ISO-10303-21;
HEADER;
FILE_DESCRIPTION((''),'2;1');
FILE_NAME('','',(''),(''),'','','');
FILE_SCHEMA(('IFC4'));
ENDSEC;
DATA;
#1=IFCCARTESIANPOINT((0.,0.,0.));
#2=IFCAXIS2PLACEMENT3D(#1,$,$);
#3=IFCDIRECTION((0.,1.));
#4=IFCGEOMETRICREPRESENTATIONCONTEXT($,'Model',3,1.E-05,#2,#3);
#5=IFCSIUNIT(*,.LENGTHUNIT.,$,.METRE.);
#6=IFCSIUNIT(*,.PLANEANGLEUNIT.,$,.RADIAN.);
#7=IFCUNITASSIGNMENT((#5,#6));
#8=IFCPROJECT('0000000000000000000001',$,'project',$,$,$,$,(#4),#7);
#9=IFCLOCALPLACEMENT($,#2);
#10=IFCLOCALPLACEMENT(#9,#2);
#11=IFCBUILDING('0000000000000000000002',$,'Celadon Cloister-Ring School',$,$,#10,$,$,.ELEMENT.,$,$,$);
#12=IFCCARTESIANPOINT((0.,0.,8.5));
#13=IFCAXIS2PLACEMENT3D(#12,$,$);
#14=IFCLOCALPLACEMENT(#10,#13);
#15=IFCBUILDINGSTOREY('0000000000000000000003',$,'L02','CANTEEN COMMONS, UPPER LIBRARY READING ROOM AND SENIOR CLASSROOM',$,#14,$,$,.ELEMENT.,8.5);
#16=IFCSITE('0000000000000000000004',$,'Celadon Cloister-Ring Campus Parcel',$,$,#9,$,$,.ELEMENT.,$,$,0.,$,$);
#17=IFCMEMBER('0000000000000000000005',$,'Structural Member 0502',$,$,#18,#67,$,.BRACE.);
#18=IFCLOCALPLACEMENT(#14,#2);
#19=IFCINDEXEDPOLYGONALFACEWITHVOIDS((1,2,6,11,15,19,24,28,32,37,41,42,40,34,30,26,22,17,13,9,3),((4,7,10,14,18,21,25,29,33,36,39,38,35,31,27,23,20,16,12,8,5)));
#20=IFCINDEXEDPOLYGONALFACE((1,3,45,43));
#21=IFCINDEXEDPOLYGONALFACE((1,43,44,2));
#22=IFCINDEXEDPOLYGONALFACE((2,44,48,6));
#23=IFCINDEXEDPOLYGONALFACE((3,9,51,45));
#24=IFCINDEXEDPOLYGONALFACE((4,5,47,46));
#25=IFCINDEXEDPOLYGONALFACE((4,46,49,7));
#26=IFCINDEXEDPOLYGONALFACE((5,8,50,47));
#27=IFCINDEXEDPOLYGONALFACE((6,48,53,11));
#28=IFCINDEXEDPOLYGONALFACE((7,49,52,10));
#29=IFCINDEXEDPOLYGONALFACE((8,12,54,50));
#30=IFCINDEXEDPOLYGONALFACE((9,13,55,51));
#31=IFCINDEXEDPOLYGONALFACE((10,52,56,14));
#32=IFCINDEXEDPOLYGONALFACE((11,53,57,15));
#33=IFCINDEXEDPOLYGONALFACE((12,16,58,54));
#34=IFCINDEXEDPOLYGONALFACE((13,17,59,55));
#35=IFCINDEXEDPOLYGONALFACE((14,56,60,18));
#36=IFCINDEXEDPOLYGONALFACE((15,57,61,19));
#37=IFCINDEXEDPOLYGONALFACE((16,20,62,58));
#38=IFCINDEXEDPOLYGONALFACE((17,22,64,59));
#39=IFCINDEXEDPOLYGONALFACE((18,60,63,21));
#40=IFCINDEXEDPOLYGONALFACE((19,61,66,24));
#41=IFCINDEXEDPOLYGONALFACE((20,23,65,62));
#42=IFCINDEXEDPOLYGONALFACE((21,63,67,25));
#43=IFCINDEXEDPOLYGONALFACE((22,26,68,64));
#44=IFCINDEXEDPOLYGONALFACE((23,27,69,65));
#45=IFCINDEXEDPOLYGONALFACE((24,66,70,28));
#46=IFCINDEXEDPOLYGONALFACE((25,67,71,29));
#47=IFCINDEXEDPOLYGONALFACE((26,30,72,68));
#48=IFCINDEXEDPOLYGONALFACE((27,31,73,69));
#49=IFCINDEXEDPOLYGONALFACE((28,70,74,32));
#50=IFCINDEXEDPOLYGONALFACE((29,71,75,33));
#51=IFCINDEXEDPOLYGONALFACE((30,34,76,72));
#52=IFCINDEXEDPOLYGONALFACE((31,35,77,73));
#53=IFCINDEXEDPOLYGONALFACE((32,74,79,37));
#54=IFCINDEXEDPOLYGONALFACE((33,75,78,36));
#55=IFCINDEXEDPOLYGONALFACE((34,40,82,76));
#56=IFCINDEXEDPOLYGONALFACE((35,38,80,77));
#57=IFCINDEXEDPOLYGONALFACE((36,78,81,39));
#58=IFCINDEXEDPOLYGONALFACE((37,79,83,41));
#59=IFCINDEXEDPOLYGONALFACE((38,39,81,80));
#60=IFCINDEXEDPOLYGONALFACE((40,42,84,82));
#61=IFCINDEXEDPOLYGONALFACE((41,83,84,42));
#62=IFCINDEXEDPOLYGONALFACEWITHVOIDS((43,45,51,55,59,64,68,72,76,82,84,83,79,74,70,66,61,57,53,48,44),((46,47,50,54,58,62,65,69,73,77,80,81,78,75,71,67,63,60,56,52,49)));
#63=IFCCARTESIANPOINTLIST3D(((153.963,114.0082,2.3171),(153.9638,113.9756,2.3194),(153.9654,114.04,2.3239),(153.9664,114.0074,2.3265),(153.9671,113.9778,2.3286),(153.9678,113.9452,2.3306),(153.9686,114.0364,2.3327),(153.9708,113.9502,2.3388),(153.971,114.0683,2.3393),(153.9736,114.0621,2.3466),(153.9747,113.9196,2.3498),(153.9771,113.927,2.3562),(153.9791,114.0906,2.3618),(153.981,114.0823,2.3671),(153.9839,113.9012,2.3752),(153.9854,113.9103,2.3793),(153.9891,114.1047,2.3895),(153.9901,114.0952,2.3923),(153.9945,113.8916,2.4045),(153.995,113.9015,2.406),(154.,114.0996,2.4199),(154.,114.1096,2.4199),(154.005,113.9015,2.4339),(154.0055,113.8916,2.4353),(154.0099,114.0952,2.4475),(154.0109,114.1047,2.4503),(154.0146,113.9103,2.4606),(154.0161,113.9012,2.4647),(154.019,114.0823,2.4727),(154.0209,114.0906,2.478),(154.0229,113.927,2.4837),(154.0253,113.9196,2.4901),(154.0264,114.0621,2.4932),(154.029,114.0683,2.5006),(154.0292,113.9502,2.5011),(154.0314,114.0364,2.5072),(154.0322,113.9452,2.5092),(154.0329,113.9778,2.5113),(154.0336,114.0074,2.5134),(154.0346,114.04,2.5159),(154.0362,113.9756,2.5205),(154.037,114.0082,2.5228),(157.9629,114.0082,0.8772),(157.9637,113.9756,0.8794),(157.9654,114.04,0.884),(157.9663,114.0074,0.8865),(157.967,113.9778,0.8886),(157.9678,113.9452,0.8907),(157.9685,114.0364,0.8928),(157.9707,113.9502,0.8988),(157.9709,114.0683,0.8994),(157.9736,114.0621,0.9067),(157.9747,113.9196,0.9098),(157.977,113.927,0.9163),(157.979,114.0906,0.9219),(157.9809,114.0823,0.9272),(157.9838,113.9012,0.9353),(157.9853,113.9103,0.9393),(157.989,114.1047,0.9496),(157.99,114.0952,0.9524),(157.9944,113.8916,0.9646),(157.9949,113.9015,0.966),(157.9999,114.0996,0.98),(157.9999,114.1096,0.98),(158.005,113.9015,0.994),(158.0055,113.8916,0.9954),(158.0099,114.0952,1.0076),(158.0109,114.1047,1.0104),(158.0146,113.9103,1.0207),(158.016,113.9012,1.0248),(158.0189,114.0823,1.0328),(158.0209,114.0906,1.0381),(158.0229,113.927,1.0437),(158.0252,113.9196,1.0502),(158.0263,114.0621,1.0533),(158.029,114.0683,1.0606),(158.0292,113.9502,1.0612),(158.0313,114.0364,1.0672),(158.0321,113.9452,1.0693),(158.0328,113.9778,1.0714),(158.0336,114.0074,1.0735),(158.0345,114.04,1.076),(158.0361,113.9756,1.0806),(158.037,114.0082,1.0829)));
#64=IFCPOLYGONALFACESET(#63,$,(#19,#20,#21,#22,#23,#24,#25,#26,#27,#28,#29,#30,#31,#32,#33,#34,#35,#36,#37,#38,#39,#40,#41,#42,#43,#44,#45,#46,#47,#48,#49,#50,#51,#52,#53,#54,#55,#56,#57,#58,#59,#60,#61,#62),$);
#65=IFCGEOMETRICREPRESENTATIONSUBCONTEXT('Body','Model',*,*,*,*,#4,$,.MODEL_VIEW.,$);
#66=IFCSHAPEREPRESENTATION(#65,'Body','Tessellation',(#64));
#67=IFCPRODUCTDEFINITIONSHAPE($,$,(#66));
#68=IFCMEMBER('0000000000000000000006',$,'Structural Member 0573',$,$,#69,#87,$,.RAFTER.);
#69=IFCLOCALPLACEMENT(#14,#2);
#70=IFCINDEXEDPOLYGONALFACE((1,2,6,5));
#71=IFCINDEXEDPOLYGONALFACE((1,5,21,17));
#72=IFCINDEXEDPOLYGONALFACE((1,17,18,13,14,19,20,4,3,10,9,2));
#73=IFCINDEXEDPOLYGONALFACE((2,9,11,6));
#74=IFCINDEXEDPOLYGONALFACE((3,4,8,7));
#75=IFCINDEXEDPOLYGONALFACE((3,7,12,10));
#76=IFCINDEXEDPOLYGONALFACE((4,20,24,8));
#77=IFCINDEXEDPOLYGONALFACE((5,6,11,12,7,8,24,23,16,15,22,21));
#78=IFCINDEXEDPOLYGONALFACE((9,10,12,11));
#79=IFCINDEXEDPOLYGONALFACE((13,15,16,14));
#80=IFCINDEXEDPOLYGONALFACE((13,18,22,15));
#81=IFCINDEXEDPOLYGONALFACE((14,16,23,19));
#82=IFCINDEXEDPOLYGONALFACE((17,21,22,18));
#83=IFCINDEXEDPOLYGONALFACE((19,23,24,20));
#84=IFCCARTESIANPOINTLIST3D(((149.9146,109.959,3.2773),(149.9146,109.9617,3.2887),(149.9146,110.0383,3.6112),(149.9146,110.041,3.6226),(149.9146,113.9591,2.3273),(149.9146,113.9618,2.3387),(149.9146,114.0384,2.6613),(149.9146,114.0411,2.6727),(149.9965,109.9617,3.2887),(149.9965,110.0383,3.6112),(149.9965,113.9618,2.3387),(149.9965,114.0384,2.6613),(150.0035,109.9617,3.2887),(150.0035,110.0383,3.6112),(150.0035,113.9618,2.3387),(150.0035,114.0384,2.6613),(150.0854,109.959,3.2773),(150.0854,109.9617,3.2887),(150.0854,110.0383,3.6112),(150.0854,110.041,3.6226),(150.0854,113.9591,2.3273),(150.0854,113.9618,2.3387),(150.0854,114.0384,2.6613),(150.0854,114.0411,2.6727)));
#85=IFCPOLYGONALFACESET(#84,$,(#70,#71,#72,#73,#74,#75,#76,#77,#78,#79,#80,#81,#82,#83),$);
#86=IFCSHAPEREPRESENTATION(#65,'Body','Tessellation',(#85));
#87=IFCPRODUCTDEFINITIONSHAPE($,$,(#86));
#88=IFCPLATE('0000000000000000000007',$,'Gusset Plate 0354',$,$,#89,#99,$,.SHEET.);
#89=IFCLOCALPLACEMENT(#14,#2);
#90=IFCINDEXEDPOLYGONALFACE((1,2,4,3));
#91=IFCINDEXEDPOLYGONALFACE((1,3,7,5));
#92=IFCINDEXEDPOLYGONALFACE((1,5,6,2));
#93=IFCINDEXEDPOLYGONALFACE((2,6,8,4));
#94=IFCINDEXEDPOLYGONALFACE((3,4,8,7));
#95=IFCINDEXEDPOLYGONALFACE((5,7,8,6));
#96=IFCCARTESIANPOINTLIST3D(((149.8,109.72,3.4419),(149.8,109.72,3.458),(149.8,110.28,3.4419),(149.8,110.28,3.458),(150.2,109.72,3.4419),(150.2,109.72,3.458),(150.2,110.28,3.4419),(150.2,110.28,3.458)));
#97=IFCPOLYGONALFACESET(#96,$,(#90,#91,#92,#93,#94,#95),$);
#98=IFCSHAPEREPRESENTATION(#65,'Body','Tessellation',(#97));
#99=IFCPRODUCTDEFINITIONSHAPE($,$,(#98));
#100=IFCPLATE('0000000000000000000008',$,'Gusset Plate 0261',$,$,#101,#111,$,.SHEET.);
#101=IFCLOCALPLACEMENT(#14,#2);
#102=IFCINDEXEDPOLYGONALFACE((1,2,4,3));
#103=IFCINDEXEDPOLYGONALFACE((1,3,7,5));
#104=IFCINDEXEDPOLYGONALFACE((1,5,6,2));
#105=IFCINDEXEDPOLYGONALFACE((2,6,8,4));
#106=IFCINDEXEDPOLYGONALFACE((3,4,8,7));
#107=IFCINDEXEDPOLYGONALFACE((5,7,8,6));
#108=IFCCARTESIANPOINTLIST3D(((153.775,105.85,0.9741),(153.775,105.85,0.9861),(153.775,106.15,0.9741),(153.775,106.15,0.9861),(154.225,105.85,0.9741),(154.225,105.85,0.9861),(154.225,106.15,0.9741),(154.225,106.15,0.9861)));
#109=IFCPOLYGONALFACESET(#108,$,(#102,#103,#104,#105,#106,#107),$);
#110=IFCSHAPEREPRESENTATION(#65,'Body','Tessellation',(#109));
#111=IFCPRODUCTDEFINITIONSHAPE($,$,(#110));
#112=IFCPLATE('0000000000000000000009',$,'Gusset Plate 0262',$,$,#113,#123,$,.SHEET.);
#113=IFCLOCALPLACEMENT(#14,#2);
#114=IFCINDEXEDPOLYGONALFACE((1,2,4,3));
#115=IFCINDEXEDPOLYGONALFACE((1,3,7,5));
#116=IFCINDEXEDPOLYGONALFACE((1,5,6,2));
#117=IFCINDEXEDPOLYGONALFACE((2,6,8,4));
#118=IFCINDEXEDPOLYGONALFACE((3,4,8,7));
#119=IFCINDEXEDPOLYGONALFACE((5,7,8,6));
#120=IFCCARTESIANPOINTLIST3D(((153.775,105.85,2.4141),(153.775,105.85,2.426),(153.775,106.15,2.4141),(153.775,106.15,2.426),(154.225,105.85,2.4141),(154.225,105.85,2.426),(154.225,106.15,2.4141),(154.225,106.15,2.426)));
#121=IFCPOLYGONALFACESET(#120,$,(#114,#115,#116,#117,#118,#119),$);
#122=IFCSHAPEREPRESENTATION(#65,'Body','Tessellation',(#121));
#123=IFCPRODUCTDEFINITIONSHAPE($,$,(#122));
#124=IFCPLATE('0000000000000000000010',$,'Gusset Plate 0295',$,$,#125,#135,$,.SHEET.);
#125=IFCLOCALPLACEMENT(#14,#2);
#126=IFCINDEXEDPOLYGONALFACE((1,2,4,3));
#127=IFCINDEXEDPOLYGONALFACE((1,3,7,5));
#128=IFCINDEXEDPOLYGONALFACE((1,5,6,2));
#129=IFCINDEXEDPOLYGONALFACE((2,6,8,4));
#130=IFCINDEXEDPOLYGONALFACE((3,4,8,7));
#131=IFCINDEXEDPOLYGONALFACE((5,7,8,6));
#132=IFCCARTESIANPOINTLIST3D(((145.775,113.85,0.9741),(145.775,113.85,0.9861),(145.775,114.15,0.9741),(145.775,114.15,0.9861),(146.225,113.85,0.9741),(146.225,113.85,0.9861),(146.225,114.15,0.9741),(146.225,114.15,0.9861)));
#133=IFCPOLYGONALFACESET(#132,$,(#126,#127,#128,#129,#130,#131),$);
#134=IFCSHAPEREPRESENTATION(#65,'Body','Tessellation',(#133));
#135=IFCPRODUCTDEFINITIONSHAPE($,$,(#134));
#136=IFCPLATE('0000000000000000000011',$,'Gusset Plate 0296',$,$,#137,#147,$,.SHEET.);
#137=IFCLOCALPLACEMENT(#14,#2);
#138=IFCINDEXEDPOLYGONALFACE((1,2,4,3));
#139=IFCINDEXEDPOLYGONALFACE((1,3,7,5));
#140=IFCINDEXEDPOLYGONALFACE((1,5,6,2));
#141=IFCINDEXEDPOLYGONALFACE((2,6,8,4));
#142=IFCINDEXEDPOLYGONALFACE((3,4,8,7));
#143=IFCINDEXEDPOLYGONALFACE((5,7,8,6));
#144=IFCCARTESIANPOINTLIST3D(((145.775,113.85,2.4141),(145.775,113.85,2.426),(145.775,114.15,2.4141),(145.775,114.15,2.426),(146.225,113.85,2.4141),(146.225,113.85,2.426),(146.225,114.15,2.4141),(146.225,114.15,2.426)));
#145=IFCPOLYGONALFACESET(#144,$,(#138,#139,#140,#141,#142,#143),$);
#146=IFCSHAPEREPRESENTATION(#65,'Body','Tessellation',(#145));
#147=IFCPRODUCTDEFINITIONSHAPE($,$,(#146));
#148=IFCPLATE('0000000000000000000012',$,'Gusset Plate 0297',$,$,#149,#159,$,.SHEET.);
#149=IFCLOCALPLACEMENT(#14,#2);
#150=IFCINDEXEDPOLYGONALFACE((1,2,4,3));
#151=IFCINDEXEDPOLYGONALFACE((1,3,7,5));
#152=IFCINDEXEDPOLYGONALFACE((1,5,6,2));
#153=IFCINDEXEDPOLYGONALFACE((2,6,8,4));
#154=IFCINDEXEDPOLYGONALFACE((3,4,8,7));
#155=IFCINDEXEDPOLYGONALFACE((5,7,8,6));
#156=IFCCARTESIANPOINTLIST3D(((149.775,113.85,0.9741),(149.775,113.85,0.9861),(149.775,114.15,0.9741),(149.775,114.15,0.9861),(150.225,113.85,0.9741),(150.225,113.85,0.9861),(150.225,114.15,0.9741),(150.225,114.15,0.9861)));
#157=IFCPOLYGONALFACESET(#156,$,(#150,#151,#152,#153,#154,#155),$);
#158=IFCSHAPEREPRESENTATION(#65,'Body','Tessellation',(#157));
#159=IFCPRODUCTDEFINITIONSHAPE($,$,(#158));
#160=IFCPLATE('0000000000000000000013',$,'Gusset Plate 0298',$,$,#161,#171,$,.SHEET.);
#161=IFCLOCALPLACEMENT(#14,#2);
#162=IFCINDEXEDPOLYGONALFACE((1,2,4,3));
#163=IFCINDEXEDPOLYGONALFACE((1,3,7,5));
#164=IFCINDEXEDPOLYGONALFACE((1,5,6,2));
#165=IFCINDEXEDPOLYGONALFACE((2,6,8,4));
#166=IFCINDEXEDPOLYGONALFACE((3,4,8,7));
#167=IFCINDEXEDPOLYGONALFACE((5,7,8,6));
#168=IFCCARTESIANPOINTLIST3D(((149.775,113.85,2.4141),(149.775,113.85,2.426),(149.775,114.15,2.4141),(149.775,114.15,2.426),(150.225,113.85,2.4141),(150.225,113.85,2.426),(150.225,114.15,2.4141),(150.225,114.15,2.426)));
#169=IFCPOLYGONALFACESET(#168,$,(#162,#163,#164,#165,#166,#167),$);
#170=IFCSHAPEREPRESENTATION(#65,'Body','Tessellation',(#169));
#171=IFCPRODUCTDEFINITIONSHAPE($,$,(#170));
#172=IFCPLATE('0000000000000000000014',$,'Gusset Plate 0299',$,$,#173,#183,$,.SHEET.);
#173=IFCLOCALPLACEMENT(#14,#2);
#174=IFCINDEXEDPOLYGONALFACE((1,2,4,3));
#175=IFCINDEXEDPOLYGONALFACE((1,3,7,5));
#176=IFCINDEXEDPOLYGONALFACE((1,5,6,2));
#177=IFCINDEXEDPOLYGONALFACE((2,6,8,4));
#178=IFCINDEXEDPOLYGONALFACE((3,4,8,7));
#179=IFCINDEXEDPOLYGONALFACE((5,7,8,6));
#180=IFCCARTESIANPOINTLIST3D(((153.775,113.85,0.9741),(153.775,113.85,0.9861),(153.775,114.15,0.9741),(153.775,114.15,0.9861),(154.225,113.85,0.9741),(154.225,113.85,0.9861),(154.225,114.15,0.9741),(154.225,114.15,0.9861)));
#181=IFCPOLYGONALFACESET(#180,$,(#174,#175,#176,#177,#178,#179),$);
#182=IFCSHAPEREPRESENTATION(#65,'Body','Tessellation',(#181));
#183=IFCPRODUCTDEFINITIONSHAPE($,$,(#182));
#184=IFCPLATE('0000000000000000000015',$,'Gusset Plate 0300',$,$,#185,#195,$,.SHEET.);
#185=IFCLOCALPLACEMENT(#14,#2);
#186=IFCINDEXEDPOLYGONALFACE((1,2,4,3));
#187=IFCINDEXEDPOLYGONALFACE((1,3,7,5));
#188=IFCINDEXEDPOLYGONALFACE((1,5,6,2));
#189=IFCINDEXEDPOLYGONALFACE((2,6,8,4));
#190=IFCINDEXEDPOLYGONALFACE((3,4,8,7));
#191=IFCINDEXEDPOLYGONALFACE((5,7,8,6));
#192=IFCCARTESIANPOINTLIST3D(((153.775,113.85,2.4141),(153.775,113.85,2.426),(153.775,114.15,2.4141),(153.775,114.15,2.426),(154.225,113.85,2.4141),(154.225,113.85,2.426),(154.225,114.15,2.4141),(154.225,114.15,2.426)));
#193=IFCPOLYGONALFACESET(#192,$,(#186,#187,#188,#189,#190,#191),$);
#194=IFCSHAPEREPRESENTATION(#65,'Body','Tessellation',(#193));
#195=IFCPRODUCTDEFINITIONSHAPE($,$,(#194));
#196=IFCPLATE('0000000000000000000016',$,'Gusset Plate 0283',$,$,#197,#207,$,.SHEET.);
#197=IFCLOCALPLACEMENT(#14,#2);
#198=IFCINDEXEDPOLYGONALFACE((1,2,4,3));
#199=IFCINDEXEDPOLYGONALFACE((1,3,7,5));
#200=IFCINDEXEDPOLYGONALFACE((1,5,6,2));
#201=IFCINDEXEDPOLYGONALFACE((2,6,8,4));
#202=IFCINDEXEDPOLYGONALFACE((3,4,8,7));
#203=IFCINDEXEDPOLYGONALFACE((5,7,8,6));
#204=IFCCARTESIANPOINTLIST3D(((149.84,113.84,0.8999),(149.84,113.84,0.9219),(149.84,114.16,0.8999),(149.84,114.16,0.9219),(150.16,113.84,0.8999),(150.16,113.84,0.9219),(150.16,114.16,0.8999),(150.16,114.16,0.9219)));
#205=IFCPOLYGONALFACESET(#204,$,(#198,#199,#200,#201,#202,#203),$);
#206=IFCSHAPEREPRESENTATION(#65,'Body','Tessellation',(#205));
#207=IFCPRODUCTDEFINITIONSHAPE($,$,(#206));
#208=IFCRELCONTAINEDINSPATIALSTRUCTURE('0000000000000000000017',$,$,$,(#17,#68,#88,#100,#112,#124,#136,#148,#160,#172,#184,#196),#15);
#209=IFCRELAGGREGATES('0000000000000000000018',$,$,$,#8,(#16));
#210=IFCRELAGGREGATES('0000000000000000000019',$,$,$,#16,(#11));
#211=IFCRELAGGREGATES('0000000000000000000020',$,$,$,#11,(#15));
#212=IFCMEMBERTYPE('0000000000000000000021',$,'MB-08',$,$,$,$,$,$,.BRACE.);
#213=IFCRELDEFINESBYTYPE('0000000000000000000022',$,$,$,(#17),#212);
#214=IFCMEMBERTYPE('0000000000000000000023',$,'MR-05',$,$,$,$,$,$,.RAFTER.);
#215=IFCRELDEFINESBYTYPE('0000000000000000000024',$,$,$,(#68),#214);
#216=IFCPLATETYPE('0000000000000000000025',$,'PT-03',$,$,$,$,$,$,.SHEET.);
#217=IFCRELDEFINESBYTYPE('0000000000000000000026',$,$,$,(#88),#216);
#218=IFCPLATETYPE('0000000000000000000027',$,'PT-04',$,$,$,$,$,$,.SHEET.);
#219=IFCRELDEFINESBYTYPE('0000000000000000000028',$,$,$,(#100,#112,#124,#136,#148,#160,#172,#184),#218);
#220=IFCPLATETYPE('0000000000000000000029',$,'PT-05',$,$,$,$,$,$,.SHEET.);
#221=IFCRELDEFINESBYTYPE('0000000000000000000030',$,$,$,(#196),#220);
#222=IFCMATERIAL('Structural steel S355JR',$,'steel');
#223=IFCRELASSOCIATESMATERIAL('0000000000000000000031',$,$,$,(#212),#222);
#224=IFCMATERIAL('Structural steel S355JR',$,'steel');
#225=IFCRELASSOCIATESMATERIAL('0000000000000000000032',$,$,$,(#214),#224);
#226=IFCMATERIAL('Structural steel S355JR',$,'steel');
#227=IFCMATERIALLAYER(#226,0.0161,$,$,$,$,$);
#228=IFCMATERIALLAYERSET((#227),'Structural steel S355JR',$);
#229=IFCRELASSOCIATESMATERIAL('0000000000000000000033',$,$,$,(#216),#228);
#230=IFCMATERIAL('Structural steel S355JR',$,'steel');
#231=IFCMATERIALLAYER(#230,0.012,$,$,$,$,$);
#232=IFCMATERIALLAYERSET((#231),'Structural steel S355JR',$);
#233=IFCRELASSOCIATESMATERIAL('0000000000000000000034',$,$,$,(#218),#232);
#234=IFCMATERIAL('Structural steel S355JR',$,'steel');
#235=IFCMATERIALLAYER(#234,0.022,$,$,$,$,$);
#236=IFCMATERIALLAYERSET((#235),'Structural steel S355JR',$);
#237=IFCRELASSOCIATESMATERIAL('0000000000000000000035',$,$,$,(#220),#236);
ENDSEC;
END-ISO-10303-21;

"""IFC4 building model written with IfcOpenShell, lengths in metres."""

from ifc_helpers import new_model, si_unit, direction, frame, origin, origin_2d, place, context, subcontext, project, spatial, rectangle, hollow_circle, i_section, extrude, material, layer, layer_set, material_profile, profile_set, type_object, element, save


model = new_model("IFC4")

# Units and contexts
model_context = context("Model", 3, precision=1e-05, world=origin(), true_north=direction((0.0, 1.0)))
body_context = subcontext(model_context, "Body", "Model", "MODEL_VIEW")
ifc_project = project(units=[si_unit("LENGTHUNIT", "METRE"), si_unit("PLANEANGLEUNIT", "RADIAN")], contexts=[model_context])

# Site, building, storey
site_placement = place(None, origin())
site = spatial("IfcSite", under=ifc_project, at=site_placement, Name="Celadon Cloister-Ring Campus Parcel", CompositionType="ELEMENT", RefElevation=0.0)
building_placement = place(site_placement, origin())
building = spatial("IfcBuilding", under=site, at=building_placement, Name="Celadon Cloister-Ring School", CompositionType="ELEMENT")
storey_placement = place(building_placement, frame((0.0, 0.0, 8.5)))
storey = spatial("IfcBuildingStorey", under=building, at=storey_placement, Name="L02", Description="CANTEEN COMMONS, UPPER LIBRARY READING ROOM AND SENIOR CLASSROOM", CompositionType="ELEMENT", Elevation=8.5)

# Members
ifc_material_1 = material(Name="Structural steel S355JR", Category="steel")
ifc_material_profile_1 = material_profile(ifc_material_1, hollow_circle(Radius=0.1096, WallThickness=0.01, at=origin_2d()), Name="CHS219.1X10")
ifc_profile_set_1 = profile_set([ifc_material_profile_1], Name="Structural steel S355JR")
member_type_1 = type_object("IfcMemberType", Name="MB-08", PredefinedType="BRACE", material=ifc_profile_set_1)
for number, where, z_axis, x_axis, name in (
    (1, (154.0, 114.0, 2.4199), (0.940892, 0.0, -0.338707), (0.0, 1.0, 0.0), "Structural Member 0502"),
):
    element("IfcMember", number, at=place(storey_placement, frame(where, z_axis=z_axis, x_axis=x_axis)), inside=storey, type_object=member_type_1, Name=name, PredefinedType="BRACE", context=body_context, shape_type="SweptSolid", body=[
        extrude(hollow_circle(Radius=0.1096, WallThickness=0.01, at=origin_2d()), origin(), (0.0, 0.0, 1.0), 4.2512),
    ])
ifc_material_2 = material(Name="Structural steel S355JR", Category="steel")
ifc_material_profile_2 = material_profile(ifc_material_2, i_section(OverallWidth=0.1709, OverallDepth=0.355, WebThickness=0.0071, FlangeThickness=0.0117, at=origin_2d()), Name="W360X51")
ifc_profile_set_2 = profile_set([ifc_material_profile_2], Name="Structural steel S355JR")
member_type_2 = type_object("IfcMemberType", Name="MR-05", PredefinedType="RAFTER", material=ifc_profile_set_2)
member_1_placement = place(storey_placement, frame((150.0, 110.0, 3.45), z_axis=(0.0, 0.972939, -0.231061), x_axis=(-1.0, 0.0, 0.0)))
element("IfcMember", 2, at=member_1_placement, inside=storey, type_object=member_type_2, Name="Structural Member 0573", PredefinedType="RAFTER", context=body_context, shape_type="SweptSolid", body=[
    extrude(i_section(OverallWidth=0.1709, OverallDepth=0.355, WebThickness=0.0071, FlangeThickness=0.0117, at=origin_2d()), origin(), (0.0, 0.0, 1.0), 4.1113),
])

# Plates
ifc_material_3 = material(Name="Structural steel S355JR", Category="steel")
ifc_layer_1 = layer(ifc_material_3, 0.0161)
ifc_layer_set_1 = layer_set([ifc_layer_1], Name="Structural steel S355JR")
plate_type_1 = type_object("IfcPlateType", Name="PT-03", PredefinedType="SHEET", material=ifc_layer_set_1)
plate_placement = place(storey_placement, frame((150.0, 110.0, 3.4419), z_axis=(0.0, 0.0, 1.0), x_axis=(0.0, 1.0, 0.0)))
element("IfcPlate", 3, at=plate_placement, inside=storey, type_object=plate_type_1, Name="Gusset Plate 0354", PredefinedType="SHEET", context=body_context, shape_type="SweptSolid", body=[
    extrude(rectangle(XDim=0.5601, YDim=0.3999, at=origin_2d()), origin(), (0.0, 0.0, 1.0), 0.0161),
])
ifc_material_4 = material(Name="Structural steel S355JR", Category="steel")
ifc_layer_2 = layer(ifc_material_4, 0.012)
ifc_layer_set_2 = layer_set([ifc_layer_2], Name="Structural steel S355JR")
plate_type_2 = type_object("IfcPlateType", Name="PT-04", PredefinedType="SHEET", material=ifc_layer_set_2)
for number, where, z_axis, x_axis, name in (
    (4, (154.0, 106.0, 0.9741), (0.0, 0.0, 1.0), (1.0, 0.0, 0.0), "Gusset Plate 0261"),
    (5, (154.0, 106.0, 2.4141), (0.0, 0.0, 1.0), (1.0, 0.0, 0.0), "Gusset Plate 0262"),
    (6, (146.0, 114.0, 0.9741), (0.0, 0.0, 1.0), (1.0, 0.0, 0.0), "Gusset Plate 0295"),
    (7, (146.0, 114.0, 2.4141), (0.0, 0.0, 1.0), (1.0, 0.0, 0.0), "Gusset Plate 0296"),
    (8, (150.0, 114.0, 0.9741), (0.0, 0.0, 1.0), (1.0, 0.0, 0.0), "Gusset Plate 0297"),
    (9, (150.0, 114.0, 2.4141), (0.0, 0.0, 1.0), (1.0, 0.0, 0.0), "Gusset Plate 0298"),
    (10, (154.0, 114.0, 0.9741), (0.0, 0.0, 1.0), (1.0, 0.0, 0.0), "Gusset Plate 0299"),
    (11, (154.0, 114.0, 2.4141), (0.0, 0.0, 1.0), (1.0, 0.0, 0.0), "Gusset Plate 0300"),
):
    element("IfcPlate", number, at=place(storey_placement, frame(where, z_axis=z_axis, x_axis=x_axis)), inside=storey, type_object=plate_type_2, Name=name, PredefinedType="SHEET", context=body_context, shape_type="SweptSolid", body=[
        extrude(rectangle(XDim=0.45, YDim=0.3, at=origin_2d()), origin(), (0.0, 0.0, 1.0), 0.012),
    ])
ifc_material_5 = material(Name="Structural steel S355JR", Category="steel")
ifc_layer_3 = layer(ifc_material_5, 0.022)
ifc_layer_set_3 = layer_set([ifc_layer_3], Name="Structural steel S355JR")
plate_type_3 = type_object("IfcPlateType", Name="PT-05", PredefinedType="SHEET", material=ifc_layer_set_3)
for number, where, z_axis, x_axis, name in (
    (12, (150.0, 114.0, 0.8999), (0.0, 0.0, 1.0), (1.0, 0.0, 0.0), "Gusset Plate 0283"),
):
    element("IfcPlate", number, at=place(storey_placement, frame(where, z_axis=z_axis, x_axis=x_axis)), inside=storey, type_object=plate_type_3, Name=name, PredefinedType="SHEET", context=body_context, shape_type="SweptSolid", body=[
        extrude(rectangle(XDim=0.3201, YDim=0.3201, at=origin_2d()), origin(), (0.0, 0.0, 1.0), 0.022),
    ])

save(model, "model.ifc")
